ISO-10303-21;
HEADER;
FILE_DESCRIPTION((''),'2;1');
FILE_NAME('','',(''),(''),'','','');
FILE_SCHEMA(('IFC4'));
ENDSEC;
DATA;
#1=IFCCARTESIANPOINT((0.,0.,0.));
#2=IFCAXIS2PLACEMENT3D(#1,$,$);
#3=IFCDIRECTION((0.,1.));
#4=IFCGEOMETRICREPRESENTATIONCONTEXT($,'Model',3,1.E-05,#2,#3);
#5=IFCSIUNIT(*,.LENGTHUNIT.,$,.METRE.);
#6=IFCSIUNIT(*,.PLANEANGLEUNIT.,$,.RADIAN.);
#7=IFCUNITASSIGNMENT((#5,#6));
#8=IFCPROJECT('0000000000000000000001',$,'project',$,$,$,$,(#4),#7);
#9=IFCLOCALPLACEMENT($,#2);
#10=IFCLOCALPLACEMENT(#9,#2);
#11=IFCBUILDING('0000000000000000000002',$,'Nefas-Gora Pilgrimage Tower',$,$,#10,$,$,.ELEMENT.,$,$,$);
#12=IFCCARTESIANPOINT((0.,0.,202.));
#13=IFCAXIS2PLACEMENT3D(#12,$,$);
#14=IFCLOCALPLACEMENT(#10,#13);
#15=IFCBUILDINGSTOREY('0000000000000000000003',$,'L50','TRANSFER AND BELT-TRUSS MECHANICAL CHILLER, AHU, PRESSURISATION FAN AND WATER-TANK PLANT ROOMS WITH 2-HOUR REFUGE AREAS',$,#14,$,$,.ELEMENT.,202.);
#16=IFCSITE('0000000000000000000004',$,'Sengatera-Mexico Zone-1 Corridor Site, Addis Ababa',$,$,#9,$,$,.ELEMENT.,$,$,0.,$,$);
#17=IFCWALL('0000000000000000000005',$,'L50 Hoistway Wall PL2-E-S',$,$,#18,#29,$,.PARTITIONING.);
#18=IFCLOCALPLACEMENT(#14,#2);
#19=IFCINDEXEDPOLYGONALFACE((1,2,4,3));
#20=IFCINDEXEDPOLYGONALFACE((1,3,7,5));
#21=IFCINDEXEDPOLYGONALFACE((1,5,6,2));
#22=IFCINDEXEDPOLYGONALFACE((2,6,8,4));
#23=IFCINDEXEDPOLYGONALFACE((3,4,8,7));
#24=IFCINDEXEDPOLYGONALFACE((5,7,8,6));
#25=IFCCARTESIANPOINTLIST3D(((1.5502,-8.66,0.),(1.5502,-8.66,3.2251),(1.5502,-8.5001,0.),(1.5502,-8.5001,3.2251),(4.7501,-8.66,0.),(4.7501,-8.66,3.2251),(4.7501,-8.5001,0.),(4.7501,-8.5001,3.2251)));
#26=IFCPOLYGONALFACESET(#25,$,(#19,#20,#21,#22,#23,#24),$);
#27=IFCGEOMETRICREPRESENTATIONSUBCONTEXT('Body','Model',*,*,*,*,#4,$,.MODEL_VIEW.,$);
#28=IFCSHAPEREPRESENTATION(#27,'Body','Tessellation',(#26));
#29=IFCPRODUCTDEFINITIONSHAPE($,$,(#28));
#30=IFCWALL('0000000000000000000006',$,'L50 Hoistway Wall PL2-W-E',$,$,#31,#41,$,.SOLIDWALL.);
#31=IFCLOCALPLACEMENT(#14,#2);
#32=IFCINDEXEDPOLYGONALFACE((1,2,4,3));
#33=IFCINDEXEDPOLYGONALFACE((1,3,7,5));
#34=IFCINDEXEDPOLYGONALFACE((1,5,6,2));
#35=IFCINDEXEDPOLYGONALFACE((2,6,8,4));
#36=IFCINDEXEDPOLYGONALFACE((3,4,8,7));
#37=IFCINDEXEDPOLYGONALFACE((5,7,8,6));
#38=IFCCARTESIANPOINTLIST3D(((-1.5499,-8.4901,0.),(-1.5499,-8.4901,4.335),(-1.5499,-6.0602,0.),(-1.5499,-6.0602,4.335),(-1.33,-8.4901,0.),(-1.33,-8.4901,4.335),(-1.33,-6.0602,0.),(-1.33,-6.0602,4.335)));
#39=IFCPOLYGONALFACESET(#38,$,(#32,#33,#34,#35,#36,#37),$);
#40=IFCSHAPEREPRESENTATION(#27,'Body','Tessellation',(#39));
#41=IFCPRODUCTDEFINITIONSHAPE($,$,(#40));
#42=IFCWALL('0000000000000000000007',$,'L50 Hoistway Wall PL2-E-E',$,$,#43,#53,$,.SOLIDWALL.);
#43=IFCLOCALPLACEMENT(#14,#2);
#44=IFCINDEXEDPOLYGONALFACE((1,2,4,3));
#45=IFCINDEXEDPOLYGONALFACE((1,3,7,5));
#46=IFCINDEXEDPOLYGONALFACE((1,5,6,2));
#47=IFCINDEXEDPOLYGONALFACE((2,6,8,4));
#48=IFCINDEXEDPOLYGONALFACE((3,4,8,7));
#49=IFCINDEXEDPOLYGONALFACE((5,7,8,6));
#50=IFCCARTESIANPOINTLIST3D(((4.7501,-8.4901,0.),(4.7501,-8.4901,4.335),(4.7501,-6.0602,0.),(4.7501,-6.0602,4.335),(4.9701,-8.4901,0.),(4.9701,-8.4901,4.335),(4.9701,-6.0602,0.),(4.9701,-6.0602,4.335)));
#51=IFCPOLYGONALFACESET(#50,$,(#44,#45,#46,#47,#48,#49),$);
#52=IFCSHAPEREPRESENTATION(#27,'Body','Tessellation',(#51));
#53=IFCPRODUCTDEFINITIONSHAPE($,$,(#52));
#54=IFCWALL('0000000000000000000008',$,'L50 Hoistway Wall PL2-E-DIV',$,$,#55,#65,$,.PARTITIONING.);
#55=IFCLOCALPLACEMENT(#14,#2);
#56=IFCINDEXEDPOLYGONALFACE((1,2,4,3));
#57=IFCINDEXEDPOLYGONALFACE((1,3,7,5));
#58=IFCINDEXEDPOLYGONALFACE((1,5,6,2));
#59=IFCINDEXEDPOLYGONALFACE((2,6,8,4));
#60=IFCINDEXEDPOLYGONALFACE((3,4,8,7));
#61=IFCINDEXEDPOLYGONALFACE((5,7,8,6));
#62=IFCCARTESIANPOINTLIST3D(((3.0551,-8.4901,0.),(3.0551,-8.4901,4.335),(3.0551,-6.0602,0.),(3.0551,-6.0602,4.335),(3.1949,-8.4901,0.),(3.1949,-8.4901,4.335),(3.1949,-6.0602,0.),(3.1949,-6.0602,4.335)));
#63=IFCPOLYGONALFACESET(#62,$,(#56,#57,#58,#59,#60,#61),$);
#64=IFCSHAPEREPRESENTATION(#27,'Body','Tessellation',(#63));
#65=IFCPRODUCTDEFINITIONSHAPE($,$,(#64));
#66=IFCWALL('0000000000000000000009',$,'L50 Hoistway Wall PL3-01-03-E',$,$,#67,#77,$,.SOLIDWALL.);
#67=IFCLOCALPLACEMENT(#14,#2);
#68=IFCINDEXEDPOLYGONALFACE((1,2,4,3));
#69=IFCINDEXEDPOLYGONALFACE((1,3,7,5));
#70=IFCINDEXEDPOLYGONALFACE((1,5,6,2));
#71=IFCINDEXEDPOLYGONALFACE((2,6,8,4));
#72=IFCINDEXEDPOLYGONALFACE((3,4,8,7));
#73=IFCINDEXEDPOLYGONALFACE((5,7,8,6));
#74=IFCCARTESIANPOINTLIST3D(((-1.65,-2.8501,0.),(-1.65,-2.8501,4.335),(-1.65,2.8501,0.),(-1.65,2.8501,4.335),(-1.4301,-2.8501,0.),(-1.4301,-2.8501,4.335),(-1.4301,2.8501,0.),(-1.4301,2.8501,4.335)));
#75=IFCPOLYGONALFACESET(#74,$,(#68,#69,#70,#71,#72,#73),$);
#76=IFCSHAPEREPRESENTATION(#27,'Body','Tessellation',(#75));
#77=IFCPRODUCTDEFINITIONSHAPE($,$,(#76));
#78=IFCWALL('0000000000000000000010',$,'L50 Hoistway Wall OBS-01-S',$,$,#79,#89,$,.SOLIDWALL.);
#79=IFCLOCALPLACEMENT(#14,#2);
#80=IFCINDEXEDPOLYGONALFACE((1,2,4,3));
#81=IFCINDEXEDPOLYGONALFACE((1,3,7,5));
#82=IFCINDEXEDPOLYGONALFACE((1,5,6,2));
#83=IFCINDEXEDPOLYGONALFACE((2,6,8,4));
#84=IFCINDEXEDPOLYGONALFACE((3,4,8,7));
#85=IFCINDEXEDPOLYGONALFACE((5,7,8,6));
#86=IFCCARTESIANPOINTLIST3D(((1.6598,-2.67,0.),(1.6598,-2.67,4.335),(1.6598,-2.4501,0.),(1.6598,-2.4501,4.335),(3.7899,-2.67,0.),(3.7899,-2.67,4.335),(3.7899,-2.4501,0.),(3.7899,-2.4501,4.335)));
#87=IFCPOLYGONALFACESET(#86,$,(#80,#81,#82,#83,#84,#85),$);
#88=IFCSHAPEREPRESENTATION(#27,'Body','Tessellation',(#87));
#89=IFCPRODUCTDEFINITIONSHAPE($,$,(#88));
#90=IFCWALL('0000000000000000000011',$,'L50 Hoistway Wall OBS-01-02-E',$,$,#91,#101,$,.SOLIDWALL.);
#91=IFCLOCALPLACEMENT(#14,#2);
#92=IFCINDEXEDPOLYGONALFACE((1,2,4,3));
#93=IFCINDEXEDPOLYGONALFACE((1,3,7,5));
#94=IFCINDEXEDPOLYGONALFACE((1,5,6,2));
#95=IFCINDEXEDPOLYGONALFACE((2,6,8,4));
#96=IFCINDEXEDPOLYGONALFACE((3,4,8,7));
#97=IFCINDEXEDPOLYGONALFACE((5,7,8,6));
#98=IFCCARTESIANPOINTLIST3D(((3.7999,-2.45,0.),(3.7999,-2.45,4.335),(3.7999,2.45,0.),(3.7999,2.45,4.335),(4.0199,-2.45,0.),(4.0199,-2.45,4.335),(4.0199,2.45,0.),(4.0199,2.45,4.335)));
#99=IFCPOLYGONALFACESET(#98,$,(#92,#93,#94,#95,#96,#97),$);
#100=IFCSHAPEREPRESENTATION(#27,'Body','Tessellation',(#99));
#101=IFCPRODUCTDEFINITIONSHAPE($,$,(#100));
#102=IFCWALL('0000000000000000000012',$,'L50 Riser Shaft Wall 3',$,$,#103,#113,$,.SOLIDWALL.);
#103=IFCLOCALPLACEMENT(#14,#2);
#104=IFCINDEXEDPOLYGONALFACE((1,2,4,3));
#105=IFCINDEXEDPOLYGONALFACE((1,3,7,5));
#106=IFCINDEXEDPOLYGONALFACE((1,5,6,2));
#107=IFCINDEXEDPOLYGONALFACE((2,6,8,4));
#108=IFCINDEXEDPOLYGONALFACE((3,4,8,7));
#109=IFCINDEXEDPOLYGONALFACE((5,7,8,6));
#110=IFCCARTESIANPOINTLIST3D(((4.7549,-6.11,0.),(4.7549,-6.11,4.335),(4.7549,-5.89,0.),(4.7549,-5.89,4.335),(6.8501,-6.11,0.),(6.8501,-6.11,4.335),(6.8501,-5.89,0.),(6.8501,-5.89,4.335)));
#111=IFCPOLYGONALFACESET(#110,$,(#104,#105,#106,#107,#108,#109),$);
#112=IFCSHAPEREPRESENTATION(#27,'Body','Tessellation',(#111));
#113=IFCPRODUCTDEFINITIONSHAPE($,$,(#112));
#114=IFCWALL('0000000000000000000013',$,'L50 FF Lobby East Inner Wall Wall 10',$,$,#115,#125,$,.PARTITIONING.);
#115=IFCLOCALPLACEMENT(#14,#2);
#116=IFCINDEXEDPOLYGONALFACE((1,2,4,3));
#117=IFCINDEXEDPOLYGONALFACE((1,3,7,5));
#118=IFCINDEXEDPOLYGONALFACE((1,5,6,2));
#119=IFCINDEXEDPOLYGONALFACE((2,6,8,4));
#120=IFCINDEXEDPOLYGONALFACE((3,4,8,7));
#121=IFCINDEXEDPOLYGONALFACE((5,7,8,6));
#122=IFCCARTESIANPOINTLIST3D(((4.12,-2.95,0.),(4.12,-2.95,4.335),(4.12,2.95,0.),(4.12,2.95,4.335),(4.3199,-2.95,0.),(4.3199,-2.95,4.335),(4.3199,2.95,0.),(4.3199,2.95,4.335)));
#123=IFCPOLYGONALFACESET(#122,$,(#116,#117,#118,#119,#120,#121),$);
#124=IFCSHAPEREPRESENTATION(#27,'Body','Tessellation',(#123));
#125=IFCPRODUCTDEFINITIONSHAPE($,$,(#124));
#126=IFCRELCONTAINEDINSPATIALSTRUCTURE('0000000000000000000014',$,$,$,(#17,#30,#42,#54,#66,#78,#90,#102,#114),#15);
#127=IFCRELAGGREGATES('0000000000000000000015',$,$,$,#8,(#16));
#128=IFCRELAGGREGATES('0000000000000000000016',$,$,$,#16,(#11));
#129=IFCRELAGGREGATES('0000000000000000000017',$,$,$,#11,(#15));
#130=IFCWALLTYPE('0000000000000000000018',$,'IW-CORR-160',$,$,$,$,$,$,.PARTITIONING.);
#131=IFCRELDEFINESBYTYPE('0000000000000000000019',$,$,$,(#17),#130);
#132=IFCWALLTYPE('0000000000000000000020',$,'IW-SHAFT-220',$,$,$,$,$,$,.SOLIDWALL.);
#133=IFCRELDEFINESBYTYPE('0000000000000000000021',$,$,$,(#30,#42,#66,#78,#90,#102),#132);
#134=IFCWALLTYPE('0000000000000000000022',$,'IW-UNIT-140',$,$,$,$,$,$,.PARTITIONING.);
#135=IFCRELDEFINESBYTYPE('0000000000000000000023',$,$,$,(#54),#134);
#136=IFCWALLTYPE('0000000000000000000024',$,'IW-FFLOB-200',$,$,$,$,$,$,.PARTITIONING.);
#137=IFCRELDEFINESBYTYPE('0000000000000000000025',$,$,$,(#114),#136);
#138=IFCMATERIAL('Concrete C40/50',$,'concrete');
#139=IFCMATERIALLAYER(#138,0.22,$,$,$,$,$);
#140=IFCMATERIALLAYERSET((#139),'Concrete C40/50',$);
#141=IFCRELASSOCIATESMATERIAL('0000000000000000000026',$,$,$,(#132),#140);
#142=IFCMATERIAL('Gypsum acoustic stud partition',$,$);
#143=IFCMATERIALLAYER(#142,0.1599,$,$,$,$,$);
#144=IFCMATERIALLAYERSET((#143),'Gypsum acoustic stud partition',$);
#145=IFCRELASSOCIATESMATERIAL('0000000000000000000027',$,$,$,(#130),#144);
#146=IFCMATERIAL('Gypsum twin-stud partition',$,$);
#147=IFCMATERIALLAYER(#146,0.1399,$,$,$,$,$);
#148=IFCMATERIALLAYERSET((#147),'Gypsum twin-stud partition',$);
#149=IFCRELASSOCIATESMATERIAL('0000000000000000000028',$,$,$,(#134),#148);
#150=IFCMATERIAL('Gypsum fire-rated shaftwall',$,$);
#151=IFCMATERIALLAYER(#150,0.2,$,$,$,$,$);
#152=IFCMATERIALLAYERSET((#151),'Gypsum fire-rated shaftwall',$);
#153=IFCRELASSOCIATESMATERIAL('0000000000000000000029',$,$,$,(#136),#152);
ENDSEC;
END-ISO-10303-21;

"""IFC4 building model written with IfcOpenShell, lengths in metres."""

from ifc_helpers import new_model, si_unit, direction, frame, frame_2d, origin, place, context, subcontext, project, spatial, rectangle, extrude, source, transform, mapped, material, layer, layer_set, type_object, element, save


model = new_model("IFC4")

# Units and contexts
model_context = context("Model", 3, precision=1e-05, world=origin(), true_north=direction((0.0, 1.0)))
body_context = subcontext(model_context, "Body", "Model", "MODEL_VIEW")
ifc_project = project(units=[si_unit("LENGTHUNIT", "METRE"), si_unit("PLANEANGLEUNIT", "RADIAN")], contexts=[model_context])

# Site, building, storey
site_placement = place(None, origin())
site = spatial("IfcSite", under=ifc_project, at=site_placement, Name="Sengatera-Mexico Zone-1 Corridor Site, Addis Ababa", CompositionType="ELEMENT", RefElevation=0.0)
building_placement = place(site_placement, origin())
building = spatial("IfcBuilding", under=site, at=building_placement, Name="Nefas-Gora Pilgrimage Tower", CompositionType="ELEMENT")
storey_placement = place(building_placement, frame((0.0, 0.0, 202.0)))
storey = spatial("IfcBuildingStorey", under=building, at=storey_placement, Name="L50", Description="TRANSFER AND BELT-TRUSS MECHANICAL CHILLER, AHU, PRESSURISATION FAN AND WATER-TANK PLANT ROOMS WITH 2-HOUR REFUGE AREAS", CompositionType="ELEMENT", Elevation=202.0)

# Shared definitions
ifc_material_1 = material(Name="Concrete C40/50", Category="concrete")
ifc_layer_1 = layer(ifc_material_1, 0.22)
ifc_layer_set_1 = layer_set([ifc_layer_1], Name="Concrete C40/50")
wall_type_1 = type_object("IfcWallType", Name="IW-SHAFT-220", PredefinedType="SOLIDWALL", material=ifc_layer_set_1)

# Walls
ifc_material_2 = material(Name="Gypsum acoustic stud partition")
ifc_layer_2 = layer(ifc_material_2, 0.1599)
ifc_layer_set_2 = layer_set([ifc_layer_2], Name="Gypsum acoustic stud partition")
wall_type_2 = type_object("IfcWallType", Name="IW-CORR-160", PredefinedType="PARTITIONING", material=ifc_layer_set_2)
shared_shape_1 = source(origin(), body_context, "Body", "SweptSolid", [
    extrude(rectangle(XDim=3.2, YDim=0.1599, at=frame_2d((1.6001, 0.0))), origin(), (0.0, 0.0, 1.0), 3.2251),
])
wall_1_placement = place(storey_placement, frame((1.55, -8.5801, 0.0), z_axis=(0.0, 0.0, 1.0), x_axis=(1.0, 0.0, 0.0)))
element("IfcWall", 1, at=wall_1_placement, inside=storey, type_object=wall_type_2, Name="L50 Hoistway Wall PL2-E-S", PredefinedType="PARTITIONING", context=body_context, shape_type="MappedRepresentation", body=[
    mapped(shared_shape_1, transform((0.0, 0.0, 0.0), x_axis=(1.0, 0.0, 0.0), y_axis=(0.0, 1.0, 0.0), z_axis=(0.0, 0.0, 1.0), scale=1.0)),
])
shared_shape_2 = source(origin(), body_context, "Body", "SweptSolid", [
    extrude(rectangle(XDim=2.4299, YDim=0.22, at=frame_2d((1.2148, 0.0))), origin(), (0.0, 0.0, 1.0), 4.335),
])
for number, where, z_axis, x_axis, name in (
    (2, (-1.4399, -8.49, 0.0), (0.0, 0.0, 1.0), (0.0, 1.0, 0.0), "L50 Hoistway Wall PL2-W-E"),
    (3, (4.8601, -8.49, 0.0), (0.0, 0.0, 1.0), (0.0, 1.0, 0.0), "L50 Hoistway Wall PL2-E-E"),
):
    element("IfcWall", number, at=place(storey_placement, frame(where, z_axis=z_axis, x_axis=x_axis)), inside=storey, type_object=wall_type_1, Name=name, PredefinedType="SOLIDWALL", context=body_context, shape_type="MappedRepresentation", body=[
        mapped(shared_shape_2, transform((0.0, 0.0, 0.0), x_axis=(1.0, 0.0, 0.0), y_axis=(0.0, 1.0, 0.0), z_axis=(0.0, 0.0, 1.0), scale=1.0)),
    ])
ifc_material_3 = material(Name="Gypsum twin-stud partition")
ifc_layer_3 = layer(ifc_material_3, 0.1399)
ifc_layer_set_3 = layer_set([ifc_layer_3], Name="Gypsum twin-stud partition")
wall_type_3 = type_object("IfcWallType", Name="IW-UNIT-140", PredefinedType="PARTITIONING", material=ifc_layer_set_3)
shared_shape_3 = source(origin(), body_context, "Body", "SweptSolid", [
    extrude(rectangle(XDim=2.4299, YDim=0.1399, at=frame_2d((1.2148, 0.0))), origin(), (0.0, 0.0, 1.0), 4.335),
])
wall_2_placement = place(storey_placement, frame((3.125, -8.49, 0.0), z_axis=(0.0, 0.0, 1.0), x_axis=(0.0, 1.0, 0.0)))
element("IfcWall", 4, at=wall_2_placement, inside=storey, type_object=wall_type_3, Name="L50 Hoistway Wall PL2-E-DIV", PredefinedType="PARTITIONING", context=body_context, shape_type="MappedRepresentation", body=[
    mapped(shared_shape_3, transform((0.0, 0.0, 0.0), x_axis=(1.0, 0.0, 0.0), y_axis=(0.0, 1.0, 0.0), z_axis=(0.0, 0.0, 1.0), scale=1.0)),
])
shared_shape_4 = source(origin(), body_context, "Body", "SweptSolid", [
    extrude(rectangle(XDim=5.7002, YDim=0.22, at=frame_2d((2.8501, 0.0))), origin(), (0.0, 0.0, 1.0), 4.335),
])
wall_3_placement = place(storey_placement, frame((-1.54, -2.8501, 0.0), z_axis=(0.0, 0.0, 1.0), x_axis=(0.0, 1.0, 0.0)))
element("IfcWall", 5, at=wall_3_placement, inside=storey, type_object=wall_type_1, Name="L50 Hoistway Wall PL3-01-03-E", PredefinedType="SOLIDWALL", context=body_context, shape_type="MappedRepresentation", body=[
    mapped(shared_shape_4, transform((0.0, 0.0, 0.0), x_axis=(1.0, 0.0, 0.0), y_axis=(0.0, 1.0, 0.0), z_axis=(0.0, 0.0, 1.0), scale=1.0)),
])
shared_shape_5 = source(origin(), body_context, "Body", "SweptSolid", [
    extrude(rectangle(XDim=2.1301, YDim=0.22, at=frame_2d((1.0649, 0.0))), origin(), (0.0, 0.0, 1.0), 4.335),
])
wall_4_placement = place(storey_placement, frame((1.6599, -2.5601, 0.0), z_axis=(0.0, 0.0, 1.0), x_axis=(1.0, 0.0, 0.0)))
element("IfcWall", 6, at=wall_4_placement, inside=storey, type_object=wall_type_1, Name="L50 Hoistway Wall OBS-01-S", PredefinedType="SOLIDWALL", context=body_context, shape_type="MappedRepresentation", body=[
    mapped(shared_shape_5, transform((0.0, 0.0, 0.0), x_axis=(1.0, 0.0, 0.0), y_axis=(0.0, 1.0, 0.0), z_axis=(0.0, 0.0, 1.0), scale=1.0)),
])
shared_shape_6 = source(origin(), body_context, "Body", "SweptSolid", [
    extrude(rectangle(XDim=4.8999, YDim=0.22, at=frame_2d((2.45, 0.0))), origin(), (0.0, 0.0, 1.0), 4.335),
])
wall_5_placement = place(storey_placement, frame((3.9099, -2.45, 0.0), z_axis=(0.0, 0.0, 1.0), x_axis=(0.0, 1.0, 0.0)))
element("IfcWall", 7, at=wall_5_placement, inside=storey, type_object=wall_type_1, Name="L50 Hoistway Wall OBS-01-02-E", PredefinedType="SOLIDWALL", context=body_context, shape_type="MappedRepresentation", body=[
    mapped(shared_shape_6, transform((0.0, 0.0, 0.0), x_axis=(1.0, 0.0, 0.0), y_axis=(0.0, 1.0, 0.0), z_axis=(0.0, 0.0, 1.0), scale=1.0)),
])
shared_shape_7 = source(origin(), body_context, "Body", "SweptSolid", [
    extrude(rectangle(XDim=2.0952, YDim=0.22, at=frame_2d((1.0476, 0.0))), origin(), (0.0, 0.0, 1.0), 4.335),
])
wall_6_placement = place(storey_placement, frame((4.7549, -6.0, 0.0), z_axis=(0.0, 0.0, 1.0), x_axis=(1.0, 0.0, 0.0)))
element("IfcWall", 8, at=wall_6_placement, inside=storey, type_object=wall_type_1, Name="L50 Riser Shaft Wall 3", PredefinedType="SOLIDWALL", context=body_context, shape_type="MappedRepresentation", body=[
    mapped(shared_shape_7, transform((0.0, 0.0, 0.0), x_axis=(1.0, 0.0, 0.0), y_axis=(0.0, 1.0, 0.0), z_axis=(0.0, 0.0, 1.0), scale=1.0)),
])
ifc_material_4 = material(Name="Gypsum fire-rated shaftwall")
ifc_layer_4 = layer(ifc_material_4, 0.2)
ifc_layer_set_4 = layer_set([ifc_layer_4], Name="Gypsum fire-rated shaftwall")
wall_type_4 = type_object("IfcWallType", Name="IW-FFLOB-200", PredefinedType="PARTITIONING", material=ifc_layer_set_4)
shared_shape_8 = source(origin(), body_context, "Body", "SweptSolid", [
    extrude(rectangle(XDim=5.8999, YDim=0.2, at=frame_2d((2.95, 0.0))), origin(), (0.0, 0.0, 1.0), 4.335),
])
wall_7_placement = place(storey_placement, frame((4.22, -2.95, 0.0), z_axis=(0.0, 0.0, 1.0), x_axis=(0.0, 1.0, 0.0)))
element("IfcWall", 9, at=wall_7_placement, inside=storey, type_object=wall_type_4, Name="L50 FF Lobby East Inner Wall Wall 10", PredefinedType="PARTITIONING", context=body_context, shape_type="MappedRepresentation", body=[
    mapped(shared_shape_8, transform((0.0, 0.0, 0.0), x_axis=(1.0, 0.0, 0.0), y_axis=(0.0, 1.0, 0.0), z_axis=(0.0, 0.0, 1.0), scale=1.0)),
])

save(model, "model.ifc")
